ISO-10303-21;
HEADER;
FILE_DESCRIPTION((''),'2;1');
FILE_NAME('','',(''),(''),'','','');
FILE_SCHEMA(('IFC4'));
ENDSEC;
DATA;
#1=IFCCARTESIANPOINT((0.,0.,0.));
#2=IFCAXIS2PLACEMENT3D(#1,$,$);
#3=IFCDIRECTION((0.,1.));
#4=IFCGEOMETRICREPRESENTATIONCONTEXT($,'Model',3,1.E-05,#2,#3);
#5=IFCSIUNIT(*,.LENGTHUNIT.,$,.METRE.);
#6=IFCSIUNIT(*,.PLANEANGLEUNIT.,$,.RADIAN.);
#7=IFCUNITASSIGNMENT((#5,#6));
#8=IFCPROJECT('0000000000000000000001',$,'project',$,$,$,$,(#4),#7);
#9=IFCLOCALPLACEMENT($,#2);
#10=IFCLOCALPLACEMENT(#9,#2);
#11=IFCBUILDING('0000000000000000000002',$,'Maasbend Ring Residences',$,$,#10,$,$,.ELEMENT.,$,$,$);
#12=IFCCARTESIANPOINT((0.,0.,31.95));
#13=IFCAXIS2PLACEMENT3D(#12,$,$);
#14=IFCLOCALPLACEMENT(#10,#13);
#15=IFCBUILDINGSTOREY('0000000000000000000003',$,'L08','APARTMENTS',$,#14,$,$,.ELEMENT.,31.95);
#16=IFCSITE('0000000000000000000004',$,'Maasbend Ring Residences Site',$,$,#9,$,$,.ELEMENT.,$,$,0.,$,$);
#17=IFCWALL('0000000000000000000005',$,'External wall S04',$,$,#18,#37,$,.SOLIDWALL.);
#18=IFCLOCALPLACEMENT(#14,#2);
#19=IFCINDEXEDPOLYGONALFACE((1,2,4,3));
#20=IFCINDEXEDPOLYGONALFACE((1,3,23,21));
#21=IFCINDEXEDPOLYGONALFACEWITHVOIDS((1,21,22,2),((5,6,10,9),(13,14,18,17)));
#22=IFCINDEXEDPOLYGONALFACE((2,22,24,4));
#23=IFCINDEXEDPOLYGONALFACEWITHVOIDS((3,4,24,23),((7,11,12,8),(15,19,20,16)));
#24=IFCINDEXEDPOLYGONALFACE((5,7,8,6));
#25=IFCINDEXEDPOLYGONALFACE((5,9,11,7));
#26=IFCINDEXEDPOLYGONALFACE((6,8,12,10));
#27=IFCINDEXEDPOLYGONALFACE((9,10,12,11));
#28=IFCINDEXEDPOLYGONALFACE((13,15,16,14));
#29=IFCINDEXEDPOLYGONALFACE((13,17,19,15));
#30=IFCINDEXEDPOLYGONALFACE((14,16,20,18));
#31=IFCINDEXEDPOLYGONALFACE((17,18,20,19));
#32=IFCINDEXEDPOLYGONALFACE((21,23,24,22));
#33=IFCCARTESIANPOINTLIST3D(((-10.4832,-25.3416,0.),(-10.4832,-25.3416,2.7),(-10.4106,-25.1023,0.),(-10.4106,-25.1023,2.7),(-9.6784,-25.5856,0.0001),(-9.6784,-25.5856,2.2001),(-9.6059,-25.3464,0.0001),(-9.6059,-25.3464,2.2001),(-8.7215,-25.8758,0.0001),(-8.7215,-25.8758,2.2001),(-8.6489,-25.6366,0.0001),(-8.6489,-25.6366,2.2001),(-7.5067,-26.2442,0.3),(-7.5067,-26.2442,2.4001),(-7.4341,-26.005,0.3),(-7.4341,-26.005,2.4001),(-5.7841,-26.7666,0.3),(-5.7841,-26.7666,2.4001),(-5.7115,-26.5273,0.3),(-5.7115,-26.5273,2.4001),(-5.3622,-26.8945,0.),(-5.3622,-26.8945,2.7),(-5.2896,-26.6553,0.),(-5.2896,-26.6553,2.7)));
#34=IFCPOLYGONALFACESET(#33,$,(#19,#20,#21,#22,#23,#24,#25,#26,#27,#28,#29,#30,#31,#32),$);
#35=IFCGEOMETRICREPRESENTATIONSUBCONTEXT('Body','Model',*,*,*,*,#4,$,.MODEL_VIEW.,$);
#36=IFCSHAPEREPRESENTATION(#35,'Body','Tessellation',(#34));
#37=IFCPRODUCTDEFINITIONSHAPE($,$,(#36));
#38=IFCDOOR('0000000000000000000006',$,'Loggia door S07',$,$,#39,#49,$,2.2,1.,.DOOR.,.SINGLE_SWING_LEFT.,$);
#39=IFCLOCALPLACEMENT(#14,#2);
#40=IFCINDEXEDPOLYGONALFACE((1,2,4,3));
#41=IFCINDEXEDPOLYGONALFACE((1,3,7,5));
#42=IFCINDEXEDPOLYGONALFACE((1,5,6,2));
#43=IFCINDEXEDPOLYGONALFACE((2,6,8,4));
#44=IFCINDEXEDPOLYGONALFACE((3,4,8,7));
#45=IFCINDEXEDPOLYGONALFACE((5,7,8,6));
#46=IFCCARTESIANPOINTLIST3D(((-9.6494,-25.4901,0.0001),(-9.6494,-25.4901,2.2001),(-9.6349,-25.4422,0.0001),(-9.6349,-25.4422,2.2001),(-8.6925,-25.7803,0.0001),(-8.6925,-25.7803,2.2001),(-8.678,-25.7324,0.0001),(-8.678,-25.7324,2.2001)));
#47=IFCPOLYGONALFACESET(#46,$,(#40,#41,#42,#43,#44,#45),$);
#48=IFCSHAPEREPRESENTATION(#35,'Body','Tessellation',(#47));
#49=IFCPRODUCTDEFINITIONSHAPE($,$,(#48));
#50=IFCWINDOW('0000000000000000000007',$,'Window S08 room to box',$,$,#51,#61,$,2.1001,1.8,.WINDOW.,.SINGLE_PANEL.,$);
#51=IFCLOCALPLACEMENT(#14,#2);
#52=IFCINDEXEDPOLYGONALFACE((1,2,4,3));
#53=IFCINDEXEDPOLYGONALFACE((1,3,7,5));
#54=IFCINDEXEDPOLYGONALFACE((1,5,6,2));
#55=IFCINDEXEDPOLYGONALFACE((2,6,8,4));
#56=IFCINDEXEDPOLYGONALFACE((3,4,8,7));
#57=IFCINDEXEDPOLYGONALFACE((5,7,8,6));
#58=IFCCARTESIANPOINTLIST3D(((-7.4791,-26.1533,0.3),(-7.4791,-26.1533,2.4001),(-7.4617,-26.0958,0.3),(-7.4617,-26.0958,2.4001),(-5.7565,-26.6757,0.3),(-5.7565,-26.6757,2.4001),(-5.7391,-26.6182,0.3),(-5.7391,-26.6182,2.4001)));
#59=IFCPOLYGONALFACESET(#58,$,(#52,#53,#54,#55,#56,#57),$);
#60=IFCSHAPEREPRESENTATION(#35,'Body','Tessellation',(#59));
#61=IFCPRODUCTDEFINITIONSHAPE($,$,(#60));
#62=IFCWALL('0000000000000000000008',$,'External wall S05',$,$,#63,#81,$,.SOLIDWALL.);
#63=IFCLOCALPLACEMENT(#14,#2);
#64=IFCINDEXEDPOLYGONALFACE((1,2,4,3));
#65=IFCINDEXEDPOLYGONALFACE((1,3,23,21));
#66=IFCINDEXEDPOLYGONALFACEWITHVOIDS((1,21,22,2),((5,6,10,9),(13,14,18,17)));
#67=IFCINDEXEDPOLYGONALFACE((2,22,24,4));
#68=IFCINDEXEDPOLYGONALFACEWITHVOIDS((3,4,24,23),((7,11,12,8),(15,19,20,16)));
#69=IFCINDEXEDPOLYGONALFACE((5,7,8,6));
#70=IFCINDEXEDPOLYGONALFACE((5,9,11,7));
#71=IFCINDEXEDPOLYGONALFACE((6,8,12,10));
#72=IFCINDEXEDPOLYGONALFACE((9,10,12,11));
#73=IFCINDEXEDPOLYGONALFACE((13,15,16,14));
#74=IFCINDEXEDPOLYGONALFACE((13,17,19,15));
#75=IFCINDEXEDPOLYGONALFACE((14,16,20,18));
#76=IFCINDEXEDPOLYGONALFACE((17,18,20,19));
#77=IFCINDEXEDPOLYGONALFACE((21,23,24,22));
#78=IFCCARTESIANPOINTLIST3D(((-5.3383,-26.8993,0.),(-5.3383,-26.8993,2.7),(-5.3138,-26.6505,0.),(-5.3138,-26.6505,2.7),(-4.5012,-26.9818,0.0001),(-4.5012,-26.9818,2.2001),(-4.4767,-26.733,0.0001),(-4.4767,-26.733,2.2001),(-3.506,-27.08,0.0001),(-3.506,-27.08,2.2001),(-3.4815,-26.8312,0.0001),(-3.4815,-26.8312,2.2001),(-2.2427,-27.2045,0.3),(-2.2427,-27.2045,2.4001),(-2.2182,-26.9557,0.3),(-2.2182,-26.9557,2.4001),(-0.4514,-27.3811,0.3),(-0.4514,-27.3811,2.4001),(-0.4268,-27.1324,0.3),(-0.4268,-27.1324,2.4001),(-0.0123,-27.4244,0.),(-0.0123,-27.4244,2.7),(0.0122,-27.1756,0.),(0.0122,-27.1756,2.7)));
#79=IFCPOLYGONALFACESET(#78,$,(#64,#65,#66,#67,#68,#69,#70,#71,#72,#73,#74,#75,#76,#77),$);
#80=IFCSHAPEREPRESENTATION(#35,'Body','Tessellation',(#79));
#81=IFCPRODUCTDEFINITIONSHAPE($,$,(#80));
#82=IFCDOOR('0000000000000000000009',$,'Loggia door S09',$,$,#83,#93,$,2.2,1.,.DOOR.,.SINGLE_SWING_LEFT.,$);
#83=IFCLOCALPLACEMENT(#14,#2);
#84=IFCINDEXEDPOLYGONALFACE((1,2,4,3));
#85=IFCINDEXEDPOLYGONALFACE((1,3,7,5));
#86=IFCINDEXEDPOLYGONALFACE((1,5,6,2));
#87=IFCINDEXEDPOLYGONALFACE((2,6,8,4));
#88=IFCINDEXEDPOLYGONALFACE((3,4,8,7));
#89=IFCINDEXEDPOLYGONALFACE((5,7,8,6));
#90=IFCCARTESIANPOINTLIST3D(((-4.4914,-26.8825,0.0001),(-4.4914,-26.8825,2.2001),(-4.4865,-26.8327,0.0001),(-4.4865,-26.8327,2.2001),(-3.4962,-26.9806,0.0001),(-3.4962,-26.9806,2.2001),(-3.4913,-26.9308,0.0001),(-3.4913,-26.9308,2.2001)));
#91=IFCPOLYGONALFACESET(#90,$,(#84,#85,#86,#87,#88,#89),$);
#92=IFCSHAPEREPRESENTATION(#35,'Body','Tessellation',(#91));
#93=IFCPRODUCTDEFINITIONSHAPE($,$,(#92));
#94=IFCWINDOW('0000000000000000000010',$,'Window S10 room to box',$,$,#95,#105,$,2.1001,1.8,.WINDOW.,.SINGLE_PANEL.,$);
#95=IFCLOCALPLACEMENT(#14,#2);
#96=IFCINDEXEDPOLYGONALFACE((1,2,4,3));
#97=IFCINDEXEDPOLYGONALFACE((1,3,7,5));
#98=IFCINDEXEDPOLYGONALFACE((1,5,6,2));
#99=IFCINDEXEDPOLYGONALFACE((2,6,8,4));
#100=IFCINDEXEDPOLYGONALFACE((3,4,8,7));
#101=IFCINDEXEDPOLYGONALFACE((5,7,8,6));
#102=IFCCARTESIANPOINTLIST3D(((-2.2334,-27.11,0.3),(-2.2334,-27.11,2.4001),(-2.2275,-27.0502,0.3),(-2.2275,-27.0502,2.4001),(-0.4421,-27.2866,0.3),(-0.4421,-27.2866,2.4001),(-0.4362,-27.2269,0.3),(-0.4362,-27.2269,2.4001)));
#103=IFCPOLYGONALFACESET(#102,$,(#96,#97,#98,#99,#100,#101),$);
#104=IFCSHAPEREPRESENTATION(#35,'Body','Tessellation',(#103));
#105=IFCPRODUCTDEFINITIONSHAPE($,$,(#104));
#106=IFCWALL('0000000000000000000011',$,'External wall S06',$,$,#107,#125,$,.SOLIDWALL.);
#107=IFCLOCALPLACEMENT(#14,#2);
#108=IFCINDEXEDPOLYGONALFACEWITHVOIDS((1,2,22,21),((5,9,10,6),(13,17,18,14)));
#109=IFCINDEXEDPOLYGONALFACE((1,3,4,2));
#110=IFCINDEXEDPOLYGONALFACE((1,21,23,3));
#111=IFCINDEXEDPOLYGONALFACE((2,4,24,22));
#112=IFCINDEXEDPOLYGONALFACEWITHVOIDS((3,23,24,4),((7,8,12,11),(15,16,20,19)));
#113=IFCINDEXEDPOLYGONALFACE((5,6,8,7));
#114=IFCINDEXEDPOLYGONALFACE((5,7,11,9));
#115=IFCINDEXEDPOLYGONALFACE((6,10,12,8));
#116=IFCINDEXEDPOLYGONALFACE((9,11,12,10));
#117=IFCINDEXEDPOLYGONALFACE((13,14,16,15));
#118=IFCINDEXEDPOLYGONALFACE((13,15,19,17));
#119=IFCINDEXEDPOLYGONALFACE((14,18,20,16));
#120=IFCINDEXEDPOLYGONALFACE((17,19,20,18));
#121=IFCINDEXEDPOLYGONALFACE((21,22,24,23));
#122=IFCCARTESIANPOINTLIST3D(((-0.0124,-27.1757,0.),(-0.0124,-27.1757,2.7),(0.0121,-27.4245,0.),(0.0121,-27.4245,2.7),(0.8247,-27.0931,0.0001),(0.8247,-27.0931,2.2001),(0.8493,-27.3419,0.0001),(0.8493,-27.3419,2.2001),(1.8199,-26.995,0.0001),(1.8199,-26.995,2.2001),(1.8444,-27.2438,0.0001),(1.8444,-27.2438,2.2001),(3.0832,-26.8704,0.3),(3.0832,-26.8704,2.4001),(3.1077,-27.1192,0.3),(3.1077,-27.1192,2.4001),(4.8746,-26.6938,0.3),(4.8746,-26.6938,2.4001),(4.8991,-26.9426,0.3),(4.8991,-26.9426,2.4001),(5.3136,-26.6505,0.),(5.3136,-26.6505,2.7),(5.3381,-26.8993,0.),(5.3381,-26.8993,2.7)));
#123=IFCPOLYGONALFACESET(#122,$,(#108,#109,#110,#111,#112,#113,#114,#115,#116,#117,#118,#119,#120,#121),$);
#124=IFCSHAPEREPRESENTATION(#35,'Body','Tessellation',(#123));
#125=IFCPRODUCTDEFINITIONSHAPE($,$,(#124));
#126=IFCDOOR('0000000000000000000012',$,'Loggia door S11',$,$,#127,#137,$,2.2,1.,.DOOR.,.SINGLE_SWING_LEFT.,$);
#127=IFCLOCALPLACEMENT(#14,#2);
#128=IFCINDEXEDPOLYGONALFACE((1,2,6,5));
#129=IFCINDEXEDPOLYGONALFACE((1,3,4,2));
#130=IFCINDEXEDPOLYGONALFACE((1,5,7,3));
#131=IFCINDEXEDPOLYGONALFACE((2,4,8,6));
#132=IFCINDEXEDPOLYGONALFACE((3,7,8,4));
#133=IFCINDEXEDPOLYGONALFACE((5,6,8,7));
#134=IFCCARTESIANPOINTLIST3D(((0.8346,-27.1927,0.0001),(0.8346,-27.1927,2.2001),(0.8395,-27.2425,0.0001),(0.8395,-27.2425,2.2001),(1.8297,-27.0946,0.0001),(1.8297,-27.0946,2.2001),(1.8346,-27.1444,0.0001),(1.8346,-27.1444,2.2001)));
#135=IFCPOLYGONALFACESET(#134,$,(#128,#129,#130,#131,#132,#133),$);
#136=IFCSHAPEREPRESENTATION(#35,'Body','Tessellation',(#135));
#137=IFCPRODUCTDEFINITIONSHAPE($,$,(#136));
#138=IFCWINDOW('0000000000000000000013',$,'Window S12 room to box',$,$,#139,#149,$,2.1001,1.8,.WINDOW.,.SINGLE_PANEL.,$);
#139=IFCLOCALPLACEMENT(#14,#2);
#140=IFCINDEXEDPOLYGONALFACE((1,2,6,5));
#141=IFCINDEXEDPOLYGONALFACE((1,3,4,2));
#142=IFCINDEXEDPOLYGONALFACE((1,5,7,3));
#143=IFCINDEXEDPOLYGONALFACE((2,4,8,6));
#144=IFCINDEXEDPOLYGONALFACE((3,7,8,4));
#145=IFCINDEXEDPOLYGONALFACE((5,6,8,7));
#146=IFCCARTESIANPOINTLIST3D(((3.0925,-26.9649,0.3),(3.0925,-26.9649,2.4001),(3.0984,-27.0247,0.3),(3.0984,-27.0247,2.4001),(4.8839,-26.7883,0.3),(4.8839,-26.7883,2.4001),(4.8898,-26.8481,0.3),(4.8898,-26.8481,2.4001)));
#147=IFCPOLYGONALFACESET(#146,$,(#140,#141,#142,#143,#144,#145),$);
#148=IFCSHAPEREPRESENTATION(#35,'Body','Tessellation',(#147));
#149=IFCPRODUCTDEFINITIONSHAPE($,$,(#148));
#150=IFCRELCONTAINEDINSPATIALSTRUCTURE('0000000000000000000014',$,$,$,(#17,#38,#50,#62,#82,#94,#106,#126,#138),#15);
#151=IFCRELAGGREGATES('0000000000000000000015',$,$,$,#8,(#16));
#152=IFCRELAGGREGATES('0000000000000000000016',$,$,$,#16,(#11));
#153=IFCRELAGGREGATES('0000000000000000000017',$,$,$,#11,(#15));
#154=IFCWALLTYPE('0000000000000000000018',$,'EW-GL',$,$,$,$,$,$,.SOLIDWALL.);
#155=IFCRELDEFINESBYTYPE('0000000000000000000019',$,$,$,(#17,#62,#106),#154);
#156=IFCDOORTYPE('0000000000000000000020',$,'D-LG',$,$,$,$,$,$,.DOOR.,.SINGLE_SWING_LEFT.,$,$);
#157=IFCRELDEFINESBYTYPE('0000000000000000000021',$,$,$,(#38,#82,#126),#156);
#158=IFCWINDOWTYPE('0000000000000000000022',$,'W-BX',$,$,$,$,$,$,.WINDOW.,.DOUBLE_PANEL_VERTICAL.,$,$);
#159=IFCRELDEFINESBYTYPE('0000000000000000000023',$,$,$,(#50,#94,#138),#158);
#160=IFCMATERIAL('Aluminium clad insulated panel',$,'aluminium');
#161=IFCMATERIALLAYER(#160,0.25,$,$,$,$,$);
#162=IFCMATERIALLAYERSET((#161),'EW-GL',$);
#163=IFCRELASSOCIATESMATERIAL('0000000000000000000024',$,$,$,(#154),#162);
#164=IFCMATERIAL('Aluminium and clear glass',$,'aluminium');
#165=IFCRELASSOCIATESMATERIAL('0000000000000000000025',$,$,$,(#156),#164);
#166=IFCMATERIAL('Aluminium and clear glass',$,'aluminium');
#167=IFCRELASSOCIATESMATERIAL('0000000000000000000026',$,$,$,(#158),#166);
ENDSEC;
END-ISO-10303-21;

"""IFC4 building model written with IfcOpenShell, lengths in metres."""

from ifc_helpers import new_model, si_unit, direction, frame, frame_2d, origin, place, context, subcontext, project, spatial, rectangle, extrude, material, layer, layer_set, type_object, element, fill, save


model = new_model("IFC4")

# Units and contexts
model_context = context("Model", 3, precision=1e-05, world=origin(), true_north=direction((0.0, 1.0)))
body_context = subcontext(model_context, "Body", "Model", "MODEL_VIEW")
ifc_project = project(units=[si_unit("LENGTHUNIT", "METRE"), si_unit("PLANEANGLEUNIT", "RADIAN")], contexts=[model_context])

# Site, building, storey
site_placement = place(None, origin())
site = spatial("IfcSite", under=ifc_project, at=site_placement, Name="Maasbend Ring Residences Site", CompositionType="ELEMENT", RefElevation=0.0)
building_placement = place(site_placement, origin())
building = spatial("IfcBuilding", under=site, at=building_placement, Name="Maasbend Ring Residences", CompositionType="ELEMENT")
storey_placement = place(building_placement, frame((0.0, 0.0, 31.95)))
storey = spatial("IfcBuildingStorey", under=building, at=storey_placement, Name="L08", Description="APARTMENTS", CompositionType="ELEMENT", Elevation=31.95)

# Walls, openings, doors, windows
ifc_material_1 = material(Name="Aluminium clad insulated panel", Category="aluminium")
ifc_layer_1 = layer(ifc_material_1, 0.25)
ifc_layer_set_1 = layer_set([ifc_layer_1], Name="EW-GL")
wall_type_1 = type_object("IfcWallType", Name="EW-GL", PredefinedType="SOLIDWALL", material=ifc_layer_set_1)
wall_1_placement = place(storey_placement, frame((-10.447, -25.2219, 0.0), z_axis=(0.0, 0.0, 1.0), x_axis=(0.956966, -0.290201, 0.0)))
wall_1 = element("IfcWall", 1, at=wall_1_placement, inside=storey, type_object=wall_type_1, Name="External wall S04", PredefinedType="SOLIDWALL", context=body_context, shape_type="SweptSolid", body=[
    extrude(rectangle(XDim=5.3513, YDim=0.25, at=frame_2d((2.6758, 0.0))), origin(), (0.0, 0.0, 1.0), 2.7),
])
opening_1_placement = place(wall_1_placement, frame((0.8411, 0.0, 0.0)))
opening_1 = element("IfcOpeningElement", 2, at=opening_1_placement, cuts=wall_1, PredefinedType="OPENING", context=body_context, shape_type="SweptSolid", body=[
    extrude(rectangle(XDim=1.0, YDim=2.2, at=frame_2d((0.5, 1.1001))), frame((0.0, 0.135, 0.0), z_axis=(0.0, -1.0, 0.0), x_axis=(1.0, 0.0, 0.0)), (0.0, 0.0, 1.0), 0.27),
])
opening_2_placement = place(wall_1_placement, frame((3.1106, 0.0, 0.3)))
opening_2 = element("IfcOpeningElement", 3, at=opening_2_placement, cuts=wall_1, PredefinedType="OPENING", context=body_context, shape_type="SweptSolid", body=[
    extrude(rectangle(XDim=1.8, YDim=2.1001, at=frame_2d((0.8999, 1.05))), frame((0.0, 0.135, 0.0), z_axis=(0.0, -1.0, 0.0), x_axis=(1.0, 0.0, 0.0)), (0.0, 0.0, 1.0), 0.27),
])
ifc_material_2 = material(Name="Aluminium and clear glass", Category="aluminium")
door_type_1 = type_object("IfcDoorType", Name="D-LG", OperationType="SINGLE_SWING_LEFT", PredefinedType="DOOR", material=ifc_material_2)
door_1_placement = place(opening_1_placement, origin())
door_1 = element("IfcDoor", 4, at=door_1_placement, inside=storey, type_object=door_type_1, Name="Loggia door S07", OperationType="SINGLE_SWING_LEFT", OverallHeight=2.2, OverallWidth=1.0, PredefinedType="DOOR", context=body_context, shape_type="SweptSolid", body=[
    extrude(rectangle(XDim=1.0, YDim=2.2, at=frame_2d((0.5, 1.1001))), frame((0.0, 0.0249, 0.0), z_axis=(0.0, -1.0, 0.0), x_axis=(1.0, 0.0, 0.0)), (0.0, 0.0, 1.0), 0.05),
])
fill(opening_1, door_1)
ifc_material_3 = material(Name="Aluminium and clear glass", Category="aluminium")
window_type_1 = type_object("IfcWindowType", Name="W-BX", PartitioningType="DOUBLE_PANEL_VERTICAL", PredefinedType="WINDOW", material=ifc_material_3)
window_1_placement = place(opening_2_placement, origin())
window_1 = element("IfcWindow", 5, at=window_1_placement, inside=storey, type_object=window_type_1, Name="Window S08 room to box", OverallHeight=2.1001, OverallWidth=1.8, PartitioningType="SINGLE_PANEL", PredefinedType="WINDOW", context=body_context, shape_type="SweptSolid", body=[
    extrude(rectangle(XDim=1.8, YDim=2.1001, at=frame_2d((0.8999, 1.05))), frame((0.0, 0.03, 0.0), z_axis=(0.0, -1.0, 0.0), x_axis=(1.0, 0.0, 0.0)), (0.0, 0.0, 1.0), 0.0601),
])
fill(opening_2, window_1)
wall_2_placement = place(storey_placement, frame((-5.3259, -26.7749, 0.0), z_axis=(0.0, 0.0, 1.0), x_axis=(0.995174, -0.098126, 0.0)))
wall_2 = element("IfcWall", 6, at=wall_2_placement, inside=storey, type_object=wall_type_1, Name="External wall S05", PredefinedType="SOLIDWALL", context=body_context, shape_type="SweptSolid", body=[
    extrude(rectangle(XDim=5.3518, YDim=0.25, at=frame_2d((2.6758, 0.0))), origin(), (0.0, 0.0, 1.0), 2.7),
])
opening_3_placement = place(wall_2_placement, frame((0.8411, 0.0, 0.0)))
opening_3 = element("IfcOpeningElement", 7, at=opening_3_placement, cuts=wall_2, PredefinedType="OPENING", context=body_context, shape_type="SweptSolid", body=[
    extrude(rectangle(XDim=1.0, YDim=2.2, at=frame_2d((0.5, 1.1001))), frame((0.0, 0.135, 0.0), z_axis=(0.0, -1.0, 0.0), x_axis=(1.0, 0.0, 0.0)), (0.0, 0.0, 1.0), 0.27),
])
opening_4_placement = place(wall_2_placement, frame((3.1106, 0.0, 0.3)))
opening_4 = element("IfcOpeningElement", 8, at=opening_4_placement, cuts=wall_2, PredefinedType="OPENING", context=body_context, shape_type="SweptSolid", body=[
    extrude(rectangle(XDim=1.8, YDim=2.1001, at=frame_2d((0.8999, 1.05))), frame((0.0, 0.135, 0.0), z_axis=(0.0, -1.0, 0.0), x_axis=(1.0, 0.0, 0.0)), (0.0, 0.0, 1.0), 0.27),
])
door_2_placement = place(opening_3_placement, origin())
door_2 = element("IfcDoor", 9, at=door_2_placement, inside=storey, type_object=door_type_1, Name="Loggia door S09", OperationType="SINGLE_SWING_LEFT", OverallHeight=2.2, OverallWidth=1.0, PredefinedType="DOOR", context=body_context, shape_type="SweptSolid", body=[
    extrude(rectangle(XDim=1.0, YDim=2.2, at=frame_2d((0.5, 1.1001))), frame((0.0, 0.0249, 0.0), z_axis=(0.0, -1.0, 0.0), x_axis=(1.0, 0.0, 0.0)), (0.0, 0.0, 1.0), 0.05),
])
fill(opening_3, door_2)
window_2_placement = place(opening_4_placement, origin())
window_2 = element("IfcWindow", 10, at=window_2_placement, inside=storey, type_object=window_type_1, Name="Window S10 room to box", OverallHeight=2.1001, OverallWidth=1.8, PartitioningType="SINGLE_PANEL", PredefinedType="WINDOW", context=body_context, shape_type="SweptSolid", body=[
    extrude(rectangle(XDim=1.8, YDim=2.1001, at=frame_2d((0.8999, 1.05))), frame((0.0, 0.03, 0.0), z_axis=(0.0, -1.0, 0.0), x_axis=(1.0, 0.0, 0.0)), (0.0, 0.0, 1.0), 0.0601),
])
fill(opening_4, window_2)
wall_3_placement = place(storey_placement, frame((0.0, -27.3, 0.0), z_axis=(0.0, 0.0, 1.0), x_axis=(0.995174, 0.098126, 0.0)))
wall_3 = element("IfcWall", 11, at=wall_3_placement, inside=storey, type_object=wall_type_1, Name="External wall S06", PredefinedType="SOLIDWALL", context=body_context, shape_type="SweptSolid", body=[
    extrude(rectangle(XDim=5.3518, YDim=0.25, at=frame_2d((2.6758, 0.0))), origin(), (0.0, 0.0, 1.0), 2.7),
])
opening_5_placement = place(wall_3_placement, frame((0.8411, 0.0, 0.0)))
opening_5 = element("IfcOpeningElement", 12, at=opening_5_placement, cuts=wall_3, PredefinedType="OPENING", context=body_context, shape_type="SweptSolid", body=[
    extrude(rectangle(XDim=1.0, YDim=2.2, at=frame_2d((0.5, 1.1001))), frame((0.0, 0.135, 0.0), z_axis=(0.0, -1.0, 0.0), x_axis=(1.0, 0.0, 0.0)), (0.0, 0.0, 1.0), 0.27),
])
opening_6_placement = place(wall_3_placement, frame((3.1106, 0.0, 0.3)))
opening_6 = element("IfcOpeningElement", 13, at=opening_6_placement, cuts=wall_3, PredefinedType="OPENING", context=body_context, shape_type="SweptSolid", body=[
    extrude(rectangle(XDim=1.8, YDim=2.1001, at=frame_2d((0.8999, 1.05))), frame((0.0, 0.135, 0.0), z_axis=(0.0, -1.0, 0.0), x_axis=(1.0, 0.0, 0.0)), (0.0, 0.0, 1.0), 0.27),
])
door_3_placement = place(opening_5_placement, origin())
door_3 = element("IfcDoor", 14, at=door_3_placement, inside=storey, type_object=door_type_1, Name="Loggia door S11", OperationType="SINGLE_SWING_LEFT", OverallHeight=2.2, OverallWidth=1.0, PredefinedType="DOOR", context=body_context, shape_type="SweptSolid", body=[
    extrude(rectangle(XDim=1.0, YDim=2.2, at=frame_2d((0.5, 1.1001))), frame((0.0, 0.0249, 0.0), z_axis=(0.0, -1.0, 0.0), x_axis=(1.0, 0.0, 0.0)), (0.0, 0.0, 1.0), 0.05),
])
fill(opening_5, door_3)
window_3_placement = place(opening_6_placement, origin())
window_3 = element("IfcWindow", 15, at=window_3_placement, inside=storey, type_object=window_type_1, Name="Window S12 room to box", OverallHeight=2.1001, OverallWidth=1.8, PartitioningType="SINGLE_PANEL", PredefinedType="WINDOW", context=body_context, shape_type="SweptSolid", body=[
    extrude(rectangle(XDim=1.8, YDim=2.1001, at=frame_2d((0.8999, 1.05))), frame((0.0, 0.03, 0.0), z_axis=(0.0, -1.0, 0.0), x_axis=(1.0, 0.0, 0.0)), (0.0, 0.0, 1.0), 0.0601),
])
fill(opening_6, window_3)

save(model, "model.ifc")
